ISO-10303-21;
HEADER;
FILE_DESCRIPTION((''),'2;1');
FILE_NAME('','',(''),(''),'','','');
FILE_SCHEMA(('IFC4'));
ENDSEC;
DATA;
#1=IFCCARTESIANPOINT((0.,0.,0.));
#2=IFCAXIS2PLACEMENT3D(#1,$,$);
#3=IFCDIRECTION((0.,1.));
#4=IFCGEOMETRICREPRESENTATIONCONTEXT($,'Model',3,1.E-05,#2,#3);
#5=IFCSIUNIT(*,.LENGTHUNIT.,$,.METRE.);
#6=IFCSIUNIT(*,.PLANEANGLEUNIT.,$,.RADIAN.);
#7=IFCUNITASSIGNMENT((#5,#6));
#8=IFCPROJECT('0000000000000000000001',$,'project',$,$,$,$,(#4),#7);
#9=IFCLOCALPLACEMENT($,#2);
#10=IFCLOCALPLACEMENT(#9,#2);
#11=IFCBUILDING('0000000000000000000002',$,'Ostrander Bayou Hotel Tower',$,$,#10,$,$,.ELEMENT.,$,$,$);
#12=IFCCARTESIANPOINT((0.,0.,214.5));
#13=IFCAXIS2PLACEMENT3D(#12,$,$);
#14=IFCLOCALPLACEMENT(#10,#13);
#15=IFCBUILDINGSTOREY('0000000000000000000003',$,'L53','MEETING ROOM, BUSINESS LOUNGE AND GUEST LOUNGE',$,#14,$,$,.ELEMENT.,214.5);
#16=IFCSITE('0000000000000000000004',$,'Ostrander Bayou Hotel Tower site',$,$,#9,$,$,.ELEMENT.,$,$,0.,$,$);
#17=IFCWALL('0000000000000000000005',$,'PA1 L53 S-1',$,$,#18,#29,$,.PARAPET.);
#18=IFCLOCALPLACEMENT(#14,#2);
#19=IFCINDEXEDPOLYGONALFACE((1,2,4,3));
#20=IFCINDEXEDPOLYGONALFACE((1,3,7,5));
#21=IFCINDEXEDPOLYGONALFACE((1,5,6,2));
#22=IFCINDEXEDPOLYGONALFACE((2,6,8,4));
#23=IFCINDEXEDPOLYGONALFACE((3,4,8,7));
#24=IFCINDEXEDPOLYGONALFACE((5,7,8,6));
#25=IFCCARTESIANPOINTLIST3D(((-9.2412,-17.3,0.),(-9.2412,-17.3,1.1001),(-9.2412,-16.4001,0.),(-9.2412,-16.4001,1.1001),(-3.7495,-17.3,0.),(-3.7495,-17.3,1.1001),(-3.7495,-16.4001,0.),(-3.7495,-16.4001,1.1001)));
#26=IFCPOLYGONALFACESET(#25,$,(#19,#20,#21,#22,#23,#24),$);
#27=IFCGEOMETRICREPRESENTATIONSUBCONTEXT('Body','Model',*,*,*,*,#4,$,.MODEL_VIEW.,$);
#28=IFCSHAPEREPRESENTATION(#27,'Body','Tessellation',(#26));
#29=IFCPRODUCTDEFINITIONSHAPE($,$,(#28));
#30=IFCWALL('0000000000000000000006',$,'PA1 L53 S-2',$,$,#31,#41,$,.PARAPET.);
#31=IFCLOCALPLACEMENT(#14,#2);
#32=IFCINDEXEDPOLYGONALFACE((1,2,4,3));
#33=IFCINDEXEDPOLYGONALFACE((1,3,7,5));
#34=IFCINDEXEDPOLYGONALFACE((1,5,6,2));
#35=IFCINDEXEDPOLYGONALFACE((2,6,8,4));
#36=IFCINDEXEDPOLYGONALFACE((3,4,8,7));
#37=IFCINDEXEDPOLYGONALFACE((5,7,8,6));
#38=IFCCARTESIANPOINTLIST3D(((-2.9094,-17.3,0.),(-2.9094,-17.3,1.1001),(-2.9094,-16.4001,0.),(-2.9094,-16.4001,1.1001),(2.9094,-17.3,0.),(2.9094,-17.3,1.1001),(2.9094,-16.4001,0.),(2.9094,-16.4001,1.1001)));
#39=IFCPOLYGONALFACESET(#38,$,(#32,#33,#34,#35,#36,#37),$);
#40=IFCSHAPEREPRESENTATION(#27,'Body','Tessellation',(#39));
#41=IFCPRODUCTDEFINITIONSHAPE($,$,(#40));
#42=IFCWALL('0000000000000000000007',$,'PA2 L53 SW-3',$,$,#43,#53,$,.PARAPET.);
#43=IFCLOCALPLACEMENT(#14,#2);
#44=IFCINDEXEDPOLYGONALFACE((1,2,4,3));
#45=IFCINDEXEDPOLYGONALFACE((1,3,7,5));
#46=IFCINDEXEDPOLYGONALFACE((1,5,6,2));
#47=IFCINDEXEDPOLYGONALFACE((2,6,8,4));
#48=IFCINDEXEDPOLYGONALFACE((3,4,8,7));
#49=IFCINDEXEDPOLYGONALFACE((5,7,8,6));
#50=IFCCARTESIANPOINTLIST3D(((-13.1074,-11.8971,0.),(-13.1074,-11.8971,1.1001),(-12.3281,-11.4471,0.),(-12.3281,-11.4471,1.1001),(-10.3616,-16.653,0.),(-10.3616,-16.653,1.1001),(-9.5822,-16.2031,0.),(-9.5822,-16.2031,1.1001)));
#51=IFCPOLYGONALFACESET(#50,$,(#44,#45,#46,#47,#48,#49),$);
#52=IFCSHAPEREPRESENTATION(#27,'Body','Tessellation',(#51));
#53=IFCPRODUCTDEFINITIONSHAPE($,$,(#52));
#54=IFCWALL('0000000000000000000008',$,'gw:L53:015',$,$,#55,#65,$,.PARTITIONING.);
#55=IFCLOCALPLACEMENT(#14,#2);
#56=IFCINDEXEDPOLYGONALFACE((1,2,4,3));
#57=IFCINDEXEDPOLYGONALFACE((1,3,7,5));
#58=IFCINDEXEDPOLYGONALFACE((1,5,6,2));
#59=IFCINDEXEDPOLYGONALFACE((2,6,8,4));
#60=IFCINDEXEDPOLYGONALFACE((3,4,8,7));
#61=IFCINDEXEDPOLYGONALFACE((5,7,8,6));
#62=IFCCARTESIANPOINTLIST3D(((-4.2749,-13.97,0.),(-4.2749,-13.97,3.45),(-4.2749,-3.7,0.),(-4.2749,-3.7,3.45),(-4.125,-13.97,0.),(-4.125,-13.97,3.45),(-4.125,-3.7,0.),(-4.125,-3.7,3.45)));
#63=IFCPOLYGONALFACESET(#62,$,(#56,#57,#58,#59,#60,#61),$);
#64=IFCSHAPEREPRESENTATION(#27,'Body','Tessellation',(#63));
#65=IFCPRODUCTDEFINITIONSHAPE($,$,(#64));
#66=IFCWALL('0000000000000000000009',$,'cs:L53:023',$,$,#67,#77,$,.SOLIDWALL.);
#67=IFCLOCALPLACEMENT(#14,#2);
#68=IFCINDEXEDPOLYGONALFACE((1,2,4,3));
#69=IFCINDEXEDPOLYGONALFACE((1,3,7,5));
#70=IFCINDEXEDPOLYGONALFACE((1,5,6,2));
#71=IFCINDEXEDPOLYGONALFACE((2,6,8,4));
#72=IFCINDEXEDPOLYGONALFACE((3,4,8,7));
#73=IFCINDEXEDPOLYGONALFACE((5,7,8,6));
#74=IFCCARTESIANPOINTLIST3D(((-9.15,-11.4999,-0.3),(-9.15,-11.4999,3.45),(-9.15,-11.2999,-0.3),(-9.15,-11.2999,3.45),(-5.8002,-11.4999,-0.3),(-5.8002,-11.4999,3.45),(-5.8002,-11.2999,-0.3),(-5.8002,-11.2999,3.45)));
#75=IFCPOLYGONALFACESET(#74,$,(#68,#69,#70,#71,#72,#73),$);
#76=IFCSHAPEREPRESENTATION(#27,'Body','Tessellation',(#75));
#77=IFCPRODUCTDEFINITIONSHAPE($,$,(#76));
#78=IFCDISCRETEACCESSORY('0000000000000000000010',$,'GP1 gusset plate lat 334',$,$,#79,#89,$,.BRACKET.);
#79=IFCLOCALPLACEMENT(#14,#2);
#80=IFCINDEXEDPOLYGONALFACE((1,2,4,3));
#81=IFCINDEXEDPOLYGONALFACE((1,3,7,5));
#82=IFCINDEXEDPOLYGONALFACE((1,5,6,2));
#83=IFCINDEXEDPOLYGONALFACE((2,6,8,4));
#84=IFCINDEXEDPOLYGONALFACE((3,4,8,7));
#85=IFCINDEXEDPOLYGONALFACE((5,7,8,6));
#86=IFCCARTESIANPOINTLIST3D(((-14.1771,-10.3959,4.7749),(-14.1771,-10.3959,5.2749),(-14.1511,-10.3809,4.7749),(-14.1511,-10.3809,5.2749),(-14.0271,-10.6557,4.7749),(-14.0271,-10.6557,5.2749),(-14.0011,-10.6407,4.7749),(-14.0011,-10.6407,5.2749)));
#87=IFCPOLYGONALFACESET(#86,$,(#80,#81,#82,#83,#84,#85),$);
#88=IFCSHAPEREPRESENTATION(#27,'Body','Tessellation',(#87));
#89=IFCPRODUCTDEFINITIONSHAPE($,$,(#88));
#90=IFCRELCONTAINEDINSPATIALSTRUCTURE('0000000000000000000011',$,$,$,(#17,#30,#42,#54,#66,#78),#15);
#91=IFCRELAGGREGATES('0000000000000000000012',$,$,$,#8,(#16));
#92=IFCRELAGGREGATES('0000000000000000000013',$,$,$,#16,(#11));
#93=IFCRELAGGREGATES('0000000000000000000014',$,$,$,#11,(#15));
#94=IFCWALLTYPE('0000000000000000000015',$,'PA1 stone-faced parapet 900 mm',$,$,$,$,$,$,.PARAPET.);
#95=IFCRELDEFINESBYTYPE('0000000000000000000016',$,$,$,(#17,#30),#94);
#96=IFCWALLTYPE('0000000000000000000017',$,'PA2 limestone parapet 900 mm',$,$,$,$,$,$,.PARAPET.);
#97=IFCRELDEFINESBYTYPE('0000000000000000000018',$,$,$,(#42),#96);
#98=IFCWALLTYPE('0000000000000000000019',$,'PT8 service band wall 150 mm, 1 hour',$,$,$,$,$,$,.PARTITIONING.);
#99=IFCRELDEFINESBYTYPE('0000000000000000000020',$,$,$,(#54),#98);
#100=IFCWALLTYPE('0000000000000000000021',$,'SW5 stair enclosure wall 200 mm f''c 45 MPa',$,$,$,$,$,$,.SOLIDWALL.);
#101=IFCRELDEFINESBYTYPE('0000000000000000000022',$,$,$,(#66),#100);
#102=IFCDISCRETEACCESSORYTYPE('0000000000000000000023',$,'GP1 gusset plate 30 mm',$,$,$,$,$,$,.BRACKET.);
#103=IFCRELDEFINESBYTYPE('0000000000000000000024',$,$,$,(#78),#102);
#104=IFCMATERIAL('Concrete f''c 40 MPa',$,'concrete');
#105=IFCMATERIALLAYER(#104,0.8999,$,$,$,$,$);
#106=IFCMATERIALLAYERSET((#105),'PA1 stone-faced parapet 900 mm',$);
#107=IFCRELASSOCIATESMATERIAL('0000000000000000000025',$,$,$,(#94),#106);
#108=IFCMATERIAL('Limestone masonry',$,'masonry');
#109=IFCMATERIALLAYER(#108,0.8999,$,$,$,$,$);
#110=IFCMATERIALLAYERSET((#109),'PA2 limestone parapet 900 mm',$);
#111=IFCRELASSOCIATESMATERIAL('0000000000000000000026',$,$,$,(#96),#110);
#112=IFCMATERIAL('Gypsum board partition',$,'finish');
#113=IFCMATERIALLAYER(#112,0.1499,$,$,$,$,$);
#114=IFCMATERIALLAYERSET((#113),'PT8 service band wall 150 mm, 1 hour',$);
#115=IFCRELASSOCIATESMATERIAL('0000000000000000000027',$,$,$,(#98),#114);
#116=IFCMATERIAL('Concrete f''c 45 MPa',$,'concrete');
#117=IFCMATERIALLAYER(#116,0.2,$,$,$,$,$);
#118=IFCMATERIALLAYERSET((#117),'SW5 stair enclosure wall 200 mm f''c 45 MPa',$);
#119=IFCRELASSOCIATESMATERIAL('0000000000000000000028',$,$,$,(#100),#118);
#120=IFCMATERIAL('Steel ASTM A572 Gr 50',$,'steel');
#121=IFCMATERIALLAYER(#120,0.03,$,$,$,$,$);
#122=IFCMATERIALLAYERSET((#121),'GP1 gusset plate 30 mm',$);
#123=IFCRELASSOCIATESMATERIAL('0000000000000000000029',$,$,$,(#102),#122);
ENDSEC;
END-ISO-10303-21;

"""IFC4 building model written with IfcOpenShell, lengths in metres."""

from ifc_helpers import new_model, si_unit, direction, frame, frame_2d, origin, origin_2d, place, context, subcontext, project, spatial, rectangle, extrude, material, layer, layer_set, type_object, element, save


model = new_model("IFC4")

# Units and contexts
model_context = context("Model", 3, precision=1e-05, world=origin(), true_north=direction((0.0, 1.0)))
body_context = subcontext(model_context, "Body", "Model", "MODEL_VIEW")
ifc_project = project(units=[si_unit("LENGTHUNIT", "METRE"), si_unit("PLANEANGLEUNIT", "RADIAN")], contexts=[model_context])

# Site, building, storey
site_placement = place(None, origin())
site = spatial("IfcSite", under=ifc_project, at=site_placement, Name="Ostrander Bayou Hotel Tower site", CompositionType="ELEMENT", RefElevation=0.0)
building_placement = place(site_placement, origin())
building = spatial("IfcBuilding", under=site, at=building_placement, Name="Ostrander Bayou Hotel Tower", CompositionType="ELEMENT")
storey_placement = place(building_placement, frame((0.0, 0.0, 214.5)))
storey = spatial("IfcBuildingStorey", under=building, at=storey_placement, Name="L53", Description="MEETING ROOM, BUSINESS LOUNGE AND GUEST LOUNGE", CompositionType="ELEMENT", Elevation=214.5)

# Walls
ifc_material_1 = material(Name="Concrete f'c 40 MPa", Category="concrete")
ifc_layer_1 = layer(ifc_material_1, 0.8999)
ifc_layer_set_1 = layer_set([ifc_layer_1], Name="PA1 stone-faced parapet 900 mm")
wall_type_1 = type_object("IfcWallType", Name="PA1 stone-faced parapet 900 mm", PredefinedType="PARAPET", material=ifc_layer_set_1)
wall_1_placement = place(storey_placement, frame((-9.2412, -16.8501, 0.0), z_axis=(0.0, 0.0, 1.0), x_axis=(1.0, 0.0, 0.0)))
element("IfcWall", 1, at=wall_1_placement, inside=storey, type_object=wall_type_1, Name="PA1 L53 S-1", PredefinedType="PARAPET", context=body_context, shape_type="SweptSolid", body=[
    extrude(rectangle(XDim=5.4917, YDim=0.8999, at=frame_2d((2.7458, 0.0))), origin(), (0.0, 0.0, 1.0), 1.1001),
])
wall_2_placement = place(storey_placement, frame((-2.9094, -16.8501, 0.0), z_axis=(0.0, 0.0, 1.0), x_axis=(1.0, 0.0, 0.0)))
element("IfcWall", 2, at=wall_2_placement, inside=storey, type_object=wall_type_1, Name="PA1 L53 S-2", PredefinedType="PARAPET", context=body_context, shape_type="SweptSolid", body=[
    extrude(rectangle(XDim=5.8188, YDim=0.8999, at=frame_2d((2.9094, 0.0))), origin(), (0.0, 0.0, 1.0), 1.1001),
])
ifc_material_2 = material(Name="Limestone masonry", Category="masonry")
ifc_layer_2 = layer(ifc_material_2, 0.8999)
ifc_layer_set_2 = layer_set([ifc_layer_2], Name="PA2 limestone parapet 900 mm")
wall_type_2 = type_object("IfcWallType", Name="PA2 limestone parapet 900 mm", PredefinedType="PARAPET", material=ifc_layer_set_2)
wall_3_placement = place(storey_placement, frame((-12.7178, -11.6721, 0.0), z_axis=(0.0, 0.0, 1.0), x_axis=(0.500007, -0.866021, 0.0)))
element("IfcWall", 3, at=wall_3_placement, inside=storey, type_object=wall_type_2, Name="PA2 L53 SW-3", PredefinedType="PARAPET", context=body_context, shape_type="SweptSolid", body=[
    extrude(rectangle(XDim=5.4917, YDim=0.8999, at=frame_2d((2.7458, 0.0))), origin(), (0.0, 0.0, 1.0), 1.1001),
])
ifc_material_3 = material(Name="Gypsum board partition", Category="finish")
ifc_layer_3 = layer(ifc_material_3, 0.1499)
ifc_layer_set_3 = layer_set([ifc_layer_3], Name="PT8 service band wall 150 mm, 1 hour")
wall_type_3 = type_object("IfcWallType", Name="PT8 service band wall 150 mm, 1 hour", PredefinedType="PARTITIONING", material=ifc_layer_set_3)
wall_4_placement = place(storey_placement, frame((-4.2, -13.97, 0.0), z_axis=(0.0, 0.0, 1.0), x_axis=(0.0, 1.0, 0.0)))
element("IfcWall", 4, at=wall_4_placement, inside=storey, type_object=wall_type_3, Name="gw:L53:015", PredefinedType="PARTITIONING", context=body_context, shape_type="SweptSolid", body=[
    extrude(rectangle(XDim=10.27, YDim=0.1499, at=frame_2d((5.135, 0.0))), origin(), (0.0, 0.0, 1.0), 3.45),
])
ifc_material_4 = material(Name="Concrete f'c 45 MPa", Category="concrete")
ifc_layer_4 = layer(ifc_material_4, 0.2)
ifc_layer_set_4 = layer_set([ifc_layer_4], Name="SW5 stair enclosure wall 200 mm f'c 45 MPa")
wall_type_4 = type_object("IfcWallType", Name="SW5 stair enclosure wall 200 mm f'c 45 MPa", PredefinedType="SOLIDWALL", material=ifc_layer_set_4)
wall_5_placement = place(storey_placement, frame((-9.1499, -11.3999, -0.3), z_axis=(0.0, 0.0, 1.0), x_axis=(1.0, 0.0, 0.0)))
element("IfcWall", 5, at=wall_5_placement, inside=storey, type_object=wall_type_4, Name="cs:L53:023", PredefinedType="SOLIDWALL", context=body_context, shape_type="SweptSolid", body=[
    extrude(rectangle(XDim=3.3499, YDim=0.2, at=frame_2d((1.6748, 0.0))), origin(), (0.0, 0.0, 1.0), 3.75),
])

# Discrete accessory
ifc_material_5 = material(Name="Steel ASTM A572 Gr 50", Category="steel")
ifc_layer_5 = layer(ifc_material_5, 0.03)
ifc_layer_set_5 = layer_set([ifc_layer_5], Name="GP1 gusset plate 30 mm")
discrete_accessory_type = type_object("IfcDiscreteAccessoryType", Name="GP1 gusset plate 30 mm", PredefinedType="BRACKET", material=ifc_layer_set_5)
discrete_accessory_placement = place(storey_placement, frame((-14.0891, -10.5183, 4.7749), z_axis=(0.0, 0.0, 1.0), x_axis=(0.5, -0.866025, 0.0)))
element("IfcDiscreteAccessory", 6, at=discrete_accessory_placement, inside=storey, type_object=discrete_accessory_type, Name="GP1 gusset plate lat 334", PredefinedType="BRACKET", context=body_context, shape_type="SweptSolid", body=[
    extrude(rectangle(XDim=0.3, YDim=0.03, at=origin_2d()), origin(), (0.0, 0.0, 1.0), 0.5),
])

save(model, "model.ifc")
